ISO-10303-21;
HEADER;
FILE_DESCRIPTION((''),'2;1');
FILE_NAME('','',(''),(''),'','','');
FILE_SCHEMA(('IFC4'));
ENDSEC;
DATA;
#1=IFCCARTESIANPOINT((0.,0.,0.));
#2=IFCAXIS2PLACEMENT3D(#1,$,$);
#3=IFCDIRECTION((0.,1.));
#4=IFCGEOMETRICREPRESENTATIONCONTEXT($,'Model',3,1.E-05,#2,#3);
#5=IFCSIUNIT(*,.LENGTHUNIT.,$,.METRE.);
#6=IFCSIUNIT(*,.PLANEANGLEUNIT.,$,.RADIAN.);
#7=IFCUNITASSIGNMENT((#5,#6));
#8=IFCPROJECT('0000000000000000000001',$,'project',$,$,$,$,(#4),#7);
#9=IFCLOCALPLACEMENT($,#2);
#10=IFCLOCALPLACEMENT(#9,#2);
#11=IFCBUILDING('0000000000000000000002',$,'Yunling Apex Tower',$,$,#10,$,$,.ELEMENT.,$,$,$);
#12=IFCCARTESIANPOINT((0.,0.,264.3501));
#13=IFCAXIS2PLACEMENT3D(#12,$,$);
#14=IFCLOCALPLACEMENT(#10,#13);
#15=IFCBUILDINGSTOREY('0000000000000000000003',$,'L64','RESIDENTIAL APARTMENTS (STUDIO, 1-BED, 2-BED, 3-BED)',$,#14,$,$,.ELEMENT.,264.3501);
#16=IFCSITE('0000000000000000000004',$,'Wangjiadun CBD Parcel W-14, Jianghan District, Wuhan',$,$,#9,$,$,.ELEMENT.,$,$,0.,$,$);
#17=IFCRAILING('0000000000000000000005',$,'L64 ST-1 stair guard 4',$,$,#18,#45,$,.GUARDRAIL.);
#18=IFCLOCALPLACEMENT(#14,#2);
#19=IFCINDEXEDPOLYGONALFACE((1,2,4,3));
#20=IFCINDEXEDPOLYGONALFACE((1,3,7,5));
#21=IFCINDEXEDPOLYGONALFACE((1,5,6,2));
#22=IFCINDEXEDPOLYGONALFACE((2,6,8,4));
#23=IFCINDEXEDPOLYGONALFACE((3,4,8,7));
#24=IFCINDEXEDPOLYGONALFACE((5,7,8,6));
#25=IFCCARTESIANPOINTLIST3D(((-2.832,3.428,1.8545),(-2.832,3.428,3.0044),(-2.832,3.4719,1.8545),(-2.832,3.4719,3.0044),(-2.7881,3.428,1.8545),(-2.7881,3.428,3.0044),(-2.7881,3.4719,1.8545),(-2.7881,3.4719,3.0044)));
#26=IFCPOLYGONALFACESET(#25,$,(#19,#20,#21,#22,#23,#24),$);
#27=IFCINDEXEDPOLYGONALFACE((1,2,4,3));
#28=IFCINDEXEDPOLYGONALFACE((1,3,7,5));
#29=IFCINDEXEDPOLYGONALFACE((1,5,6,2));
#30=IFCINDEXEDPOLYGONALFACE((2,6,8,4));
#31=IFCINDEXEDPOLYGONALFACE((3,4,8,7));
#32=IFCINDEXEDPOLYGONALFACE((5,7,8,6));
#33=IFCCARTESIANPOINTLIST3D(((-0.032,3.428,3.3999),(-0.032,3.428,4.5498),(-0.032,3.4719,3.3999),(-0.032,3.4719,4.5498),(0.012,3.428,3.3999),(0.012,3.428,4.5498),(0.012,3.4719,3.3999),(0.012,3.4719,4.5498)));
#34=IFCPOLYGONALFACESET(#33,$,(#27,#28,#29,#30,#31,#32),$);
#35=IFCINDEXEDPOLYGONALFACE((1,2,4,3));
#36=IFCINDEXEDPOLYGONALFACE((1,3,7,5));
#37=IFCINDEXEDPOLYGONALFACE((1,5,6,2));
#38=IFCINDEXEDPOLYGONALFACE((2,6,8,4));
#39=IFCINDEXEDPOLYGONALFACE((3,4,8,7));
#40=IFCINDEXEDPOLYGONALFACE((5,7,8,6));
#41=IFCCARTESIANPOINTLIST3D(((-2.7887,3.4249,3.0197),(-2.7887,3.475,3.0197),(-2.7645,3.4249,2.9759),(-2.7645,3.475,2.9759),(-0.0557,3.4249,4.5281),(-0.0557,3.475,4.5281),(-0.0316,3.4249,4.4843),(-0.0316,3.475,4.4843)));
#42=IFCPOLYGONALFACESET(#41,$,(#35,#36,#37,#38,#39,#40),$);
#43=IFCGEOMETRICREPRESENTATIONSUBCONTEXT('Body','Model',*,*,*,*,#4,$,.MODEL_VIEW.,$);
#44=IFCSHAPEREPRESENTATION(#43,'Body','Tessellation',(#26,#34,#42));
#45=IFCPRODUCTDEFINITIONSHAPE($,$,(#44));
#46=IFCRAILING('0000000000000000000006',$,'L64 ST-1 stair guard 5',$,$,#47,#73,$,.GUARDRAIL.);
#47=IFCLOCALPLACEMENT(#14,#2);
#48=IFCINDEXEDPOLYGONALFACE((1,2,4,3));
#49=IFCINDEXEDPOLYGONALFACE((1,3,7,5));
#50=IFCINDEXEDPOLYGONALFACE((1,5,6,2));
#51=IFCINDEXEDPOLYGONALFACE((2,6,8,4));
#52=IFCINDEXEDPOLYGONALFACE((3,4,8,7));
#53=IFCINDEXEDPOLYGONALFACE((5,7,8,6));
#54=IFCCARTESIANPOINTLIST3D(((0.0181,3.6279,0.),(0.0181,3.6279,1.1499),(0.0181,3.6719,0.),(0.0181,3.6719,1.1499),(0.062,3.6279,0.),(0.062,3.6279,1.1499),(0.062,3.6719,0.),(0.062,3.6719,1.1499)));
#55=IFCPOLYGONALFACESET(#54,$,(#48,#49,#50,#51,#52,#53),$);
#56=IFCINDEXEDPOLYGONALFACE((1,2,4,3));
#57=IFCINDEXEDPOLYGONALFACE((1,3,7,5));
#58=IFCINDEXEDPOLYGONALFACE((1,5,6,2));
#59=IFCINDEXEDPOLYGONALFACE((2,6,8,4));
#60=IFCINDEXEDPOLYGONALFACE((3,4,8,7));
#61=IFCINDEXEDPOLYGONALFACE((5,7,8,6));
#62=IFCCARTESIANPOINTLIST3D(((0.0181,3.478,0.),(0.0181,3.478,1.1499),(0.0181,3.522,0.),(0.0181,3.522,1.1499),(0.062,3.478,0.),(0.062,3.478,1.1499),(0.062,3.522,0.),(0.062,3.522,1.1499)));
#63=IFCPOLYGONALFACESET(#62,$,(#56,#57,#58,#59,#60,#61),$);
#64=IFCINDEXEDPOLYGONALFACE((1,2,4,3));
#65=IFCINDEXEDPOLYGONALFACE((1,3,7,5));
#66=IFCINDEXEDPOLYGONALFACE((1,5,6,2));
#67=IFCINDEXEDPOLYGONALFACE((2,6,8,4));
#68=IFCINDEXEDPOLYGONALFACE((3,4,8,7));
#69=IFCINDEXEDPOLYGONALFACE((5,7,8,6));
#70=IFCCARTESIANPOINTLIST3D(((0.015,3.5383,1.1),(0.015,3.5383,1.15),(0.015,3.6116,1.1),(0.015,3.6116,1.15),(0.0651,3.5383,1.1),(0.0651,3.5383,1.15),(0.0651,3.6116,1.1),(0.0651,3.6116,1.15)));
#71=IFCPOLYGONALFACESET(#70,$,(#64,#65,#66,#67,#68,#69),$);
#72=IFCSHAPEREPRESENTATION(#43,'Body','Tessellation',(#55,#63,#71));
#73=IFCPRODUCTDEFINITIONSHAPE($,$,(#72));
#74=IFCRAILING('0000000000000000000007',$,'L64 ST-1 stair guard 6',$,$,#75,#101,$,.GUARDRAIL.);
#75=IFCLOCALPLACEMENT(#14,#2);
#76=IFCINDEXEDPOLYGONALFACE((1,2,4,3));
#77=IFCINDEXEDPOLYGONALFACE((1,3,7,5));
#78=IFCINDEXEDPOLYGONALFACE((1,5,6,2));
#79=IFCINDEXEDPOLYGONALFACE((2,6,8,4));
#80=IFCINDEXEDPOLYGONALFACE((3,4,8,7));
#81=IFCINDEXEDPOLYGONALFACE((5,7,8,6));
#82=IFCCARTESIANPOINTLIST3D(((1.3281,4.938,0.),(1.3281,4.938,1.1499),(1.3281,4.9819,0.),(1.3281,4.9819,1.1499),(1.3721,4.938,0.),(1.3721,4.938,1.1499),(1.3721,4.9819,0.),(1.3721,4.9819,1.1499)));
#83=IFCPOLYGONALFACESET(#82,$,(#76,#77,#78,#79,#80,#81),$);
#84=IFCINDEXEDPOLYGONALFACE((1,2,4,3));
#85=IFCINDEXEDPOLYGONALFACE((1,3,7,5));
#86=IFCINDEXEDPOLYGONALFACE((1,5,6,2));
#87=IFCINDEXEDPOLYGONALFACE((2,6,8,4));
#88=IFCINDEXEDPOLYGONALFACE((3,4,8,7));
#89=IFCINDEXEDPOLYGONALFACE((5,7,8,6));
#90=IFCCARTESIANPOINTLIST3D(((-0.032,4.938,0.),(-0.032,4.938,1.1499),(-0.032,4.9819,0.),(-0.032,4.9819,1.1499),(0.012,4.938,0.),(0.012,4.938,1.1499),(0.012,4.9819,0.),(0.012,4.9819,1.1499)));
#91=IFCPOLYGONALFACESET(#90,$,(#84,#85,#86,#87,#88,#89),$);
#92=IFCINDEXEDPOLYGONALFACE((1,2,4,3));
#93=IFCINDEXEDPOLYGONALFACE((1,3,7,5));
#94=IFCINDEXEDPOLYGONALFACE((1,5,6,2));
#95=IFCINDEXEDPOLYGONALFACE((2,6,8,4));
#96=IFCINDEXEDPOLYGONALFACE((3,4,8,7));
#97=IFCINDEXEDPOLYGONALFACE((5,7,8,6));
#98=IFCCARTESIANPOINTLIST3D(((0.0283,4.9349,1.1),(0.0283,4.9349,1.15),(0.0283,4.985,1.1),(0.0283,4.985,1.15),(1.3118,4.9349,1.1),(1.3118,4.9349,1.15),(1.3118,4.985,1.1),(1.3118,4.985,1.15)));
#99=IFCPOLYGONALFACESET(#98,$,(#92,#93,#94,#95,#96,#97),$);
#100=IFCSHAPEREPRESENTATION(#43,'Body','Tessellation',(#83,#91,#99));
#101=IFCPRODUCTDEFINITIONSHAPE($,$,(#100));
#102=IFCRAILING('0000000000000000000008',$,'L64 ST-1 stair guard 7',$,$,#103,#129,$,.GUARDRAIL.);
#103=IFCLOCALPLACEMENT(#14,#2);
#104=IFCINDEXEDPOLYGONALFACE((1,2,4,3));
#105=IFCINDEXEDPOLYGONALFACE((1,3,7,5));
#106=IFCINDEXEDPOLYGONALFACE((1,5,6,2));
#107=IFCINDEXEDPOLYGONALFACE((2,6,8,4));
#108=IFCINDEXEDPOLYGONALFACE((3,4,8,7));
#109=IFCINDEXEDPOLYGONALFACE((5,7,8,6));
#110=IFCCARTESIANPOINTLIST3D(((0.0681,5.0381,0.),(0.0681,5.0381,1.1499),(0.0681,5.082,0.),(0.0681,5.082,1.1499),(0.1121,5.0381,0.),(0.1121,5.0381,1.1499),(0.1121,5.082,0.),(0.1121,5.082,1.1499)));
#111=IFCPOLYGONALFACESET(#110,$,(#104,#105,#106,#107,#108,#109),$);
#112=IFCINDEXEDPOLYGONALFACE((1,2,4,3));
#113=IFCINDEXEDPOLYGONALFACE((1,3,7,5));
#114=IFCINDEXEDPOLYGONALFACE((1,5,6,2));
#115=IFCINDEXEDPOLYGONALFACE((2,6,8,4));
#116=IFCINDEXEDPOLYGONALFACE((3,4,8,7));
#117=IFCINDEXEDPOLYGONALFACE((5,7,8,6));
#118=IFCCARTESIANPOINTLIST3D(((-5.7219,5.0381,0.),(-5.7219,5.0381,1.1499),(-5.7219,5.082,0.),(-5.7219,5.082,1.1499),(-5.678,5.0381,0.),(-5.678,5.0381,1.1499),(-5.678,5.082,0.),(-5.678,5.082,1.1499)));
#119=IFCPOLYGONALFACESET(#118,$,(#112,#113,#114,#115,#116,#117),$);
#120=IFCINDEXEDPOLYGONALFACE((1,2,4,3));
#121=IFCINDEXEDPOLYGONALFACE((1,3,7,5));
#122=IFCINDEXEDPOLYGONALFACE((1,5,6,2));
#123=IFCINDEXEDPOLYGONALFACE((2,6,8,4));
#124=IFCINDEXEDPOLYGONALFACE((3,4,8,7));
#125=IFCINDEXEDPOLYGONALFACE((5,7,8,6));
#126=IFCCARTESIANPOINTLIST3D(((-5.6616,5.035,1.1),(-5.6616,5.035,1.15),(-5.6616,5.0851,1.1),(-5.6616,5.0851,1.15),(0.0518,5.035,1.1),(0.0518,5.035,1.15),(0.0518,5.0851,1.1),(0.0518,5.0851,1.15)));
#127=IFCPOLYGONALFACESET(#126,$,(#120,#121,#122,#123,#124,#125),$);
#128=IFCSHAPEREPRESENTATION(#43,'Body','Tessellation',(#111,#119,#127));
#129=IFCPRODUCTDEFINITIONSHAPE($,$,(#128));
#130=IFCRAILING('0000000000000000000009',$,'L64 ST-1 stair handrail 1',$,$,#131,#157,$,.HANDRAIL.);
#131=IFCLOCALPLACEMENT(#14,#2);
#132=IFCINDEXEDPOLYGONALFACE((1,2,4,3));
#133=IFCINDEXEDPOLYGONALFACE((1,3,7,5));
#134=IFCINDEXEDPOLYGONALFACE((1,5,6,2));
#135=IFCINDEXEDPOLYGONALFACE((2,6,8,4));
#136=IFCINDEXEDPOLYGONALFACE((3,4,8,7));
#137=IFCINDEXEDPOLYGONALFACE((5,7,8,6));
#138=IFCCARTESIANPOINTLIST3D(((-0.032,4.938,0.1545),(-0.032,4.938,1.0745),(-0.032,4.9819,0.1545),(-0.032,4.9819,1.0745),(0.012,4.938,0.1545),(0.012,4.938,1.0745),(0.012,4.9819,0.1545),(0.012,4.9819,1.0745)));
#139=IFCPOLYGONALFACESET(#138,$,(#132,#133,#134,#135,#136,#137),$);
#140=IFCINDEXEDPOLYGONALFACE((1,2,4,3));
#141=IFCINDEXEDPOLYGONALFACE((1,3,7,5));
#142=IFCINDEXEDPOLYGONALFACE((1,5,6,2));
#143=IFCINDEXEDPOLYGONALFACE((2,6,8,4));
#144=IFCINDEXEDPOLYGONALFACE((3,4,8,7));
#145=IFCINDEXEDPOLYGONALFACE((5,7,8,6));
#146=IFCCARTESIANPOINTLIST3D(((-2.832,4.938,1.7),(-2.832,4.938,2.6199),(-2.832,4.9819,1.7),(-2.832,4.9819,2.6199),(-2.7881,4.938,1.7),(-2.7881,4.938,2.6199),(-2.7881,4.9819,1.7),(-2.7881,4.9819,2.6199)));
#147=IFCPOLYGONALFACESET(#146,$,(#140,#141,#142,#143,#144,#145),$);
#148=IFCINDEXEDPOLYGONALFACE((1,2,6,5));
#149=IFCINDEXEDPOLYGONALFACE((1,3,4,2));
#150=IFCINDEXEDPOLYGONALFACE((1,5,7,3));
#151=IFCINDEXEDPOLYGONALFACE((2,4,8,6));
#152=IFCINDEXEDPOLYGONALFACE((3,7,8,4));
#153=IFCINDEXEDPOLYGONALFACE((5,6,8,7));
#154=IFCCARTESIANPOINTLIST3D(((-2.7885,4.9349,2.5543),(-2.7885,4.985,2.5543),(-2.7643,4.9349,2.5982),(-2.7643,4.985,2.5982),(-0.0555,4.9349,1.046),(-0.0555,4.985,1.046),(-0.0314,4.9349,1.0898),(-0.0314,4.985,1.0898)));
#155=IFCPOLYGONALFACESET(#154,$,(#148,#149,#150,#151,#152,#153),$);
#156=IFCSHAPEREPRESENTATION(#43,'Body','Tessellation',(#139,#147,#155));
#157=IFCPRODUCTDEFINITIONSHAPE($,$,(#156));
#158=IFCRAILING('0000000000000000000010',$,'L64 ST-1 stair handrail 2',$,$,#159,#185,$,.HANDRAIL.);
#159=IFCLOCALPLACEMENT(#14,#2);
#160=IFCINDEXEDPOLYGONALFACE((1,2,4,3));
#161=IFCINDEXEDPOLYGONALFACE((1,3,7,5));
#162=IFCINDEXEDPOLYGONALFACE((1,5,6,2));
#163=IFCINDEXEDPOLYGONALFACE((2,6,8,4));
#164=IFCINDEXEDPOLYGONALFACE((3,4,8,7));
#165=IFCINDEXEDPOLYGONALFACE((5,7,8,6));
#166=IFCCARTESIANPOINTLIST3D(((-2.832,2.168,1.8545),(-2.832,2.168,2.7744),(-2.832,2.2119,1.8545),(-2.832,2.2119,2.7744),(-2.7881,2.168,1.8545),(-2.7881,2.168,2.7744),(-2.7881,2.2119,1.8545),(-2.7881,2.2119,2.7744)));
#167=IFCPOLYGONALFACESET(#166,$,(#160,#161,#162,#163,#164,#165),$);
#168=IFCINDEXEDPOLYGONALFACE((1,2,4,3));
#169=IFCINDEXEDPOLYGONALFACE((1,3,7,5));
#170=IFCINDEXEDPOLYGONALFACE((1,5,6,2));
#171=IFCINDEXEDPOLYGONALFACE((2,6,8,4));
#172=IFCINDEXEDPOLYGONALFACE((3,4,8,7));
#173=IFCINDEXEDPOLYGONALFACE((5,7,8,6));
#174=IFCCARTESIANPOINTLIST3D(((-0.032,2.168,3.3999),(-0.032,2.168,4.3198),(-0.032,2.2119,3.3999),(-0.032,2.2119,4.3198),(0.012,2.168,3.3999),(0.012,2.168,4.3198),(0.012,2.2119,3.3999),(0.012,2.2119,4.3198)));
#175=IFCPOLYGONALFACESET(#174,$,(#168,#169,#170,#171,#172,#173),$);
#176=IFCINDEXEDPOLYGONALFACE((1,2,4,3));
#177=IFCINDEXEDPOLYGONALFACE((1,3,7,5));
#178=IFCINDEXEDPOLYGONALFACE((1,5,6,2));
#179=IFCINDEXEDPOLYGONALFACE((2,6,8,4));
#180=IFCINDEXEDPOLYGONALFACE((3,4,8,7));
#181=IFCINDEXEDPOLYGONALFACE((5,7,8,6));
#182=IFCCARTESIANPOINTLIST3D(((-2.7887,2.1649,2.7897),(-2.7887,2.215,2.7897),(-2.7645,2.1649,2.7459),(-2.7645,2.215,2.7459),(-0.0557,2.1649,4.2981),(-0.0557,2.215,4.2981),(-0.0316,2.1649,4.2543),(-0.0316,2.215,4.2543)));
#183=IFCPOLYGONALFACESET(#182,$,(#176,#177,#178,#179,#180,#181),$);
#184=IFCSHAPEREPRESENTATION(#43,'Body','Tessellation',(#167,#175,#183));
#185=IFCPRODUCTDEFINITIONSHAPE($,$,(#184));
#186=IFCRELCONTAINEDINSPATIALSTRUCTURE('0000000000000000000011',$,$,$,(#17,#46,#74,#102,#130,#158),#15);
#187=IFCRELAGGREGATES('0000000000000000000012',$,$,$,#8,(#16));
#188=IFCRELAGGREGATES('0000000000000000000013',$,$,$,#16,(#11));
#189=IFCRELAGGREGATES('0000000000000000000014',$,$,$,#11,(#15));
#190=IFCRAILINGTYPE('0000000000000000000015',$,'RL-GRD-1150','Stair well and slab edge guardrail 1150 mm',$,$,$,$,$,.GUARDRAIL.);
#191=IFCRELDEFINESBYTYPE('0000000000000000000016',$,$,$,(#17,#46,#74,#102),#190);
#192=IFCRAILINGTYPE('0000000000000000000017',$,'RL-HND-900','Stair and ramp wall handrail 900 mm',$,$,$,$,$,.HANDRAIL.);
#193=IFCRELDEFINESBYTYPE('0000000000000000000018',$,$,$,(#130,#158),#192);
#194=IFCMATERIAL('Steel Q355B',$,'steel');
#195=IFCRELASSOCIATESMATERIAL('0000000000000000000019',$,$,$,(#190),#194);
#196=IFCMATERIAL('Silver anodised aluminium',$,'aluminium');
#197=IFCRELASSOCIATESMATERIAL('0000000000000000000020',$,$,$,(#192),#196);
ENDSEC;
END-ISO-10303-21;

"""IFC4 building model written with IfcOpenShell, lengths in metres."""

from ifc_helpers import new_model, si_unit, direction, frame, origin, origin_2d, place, context, subcontext, project, spatial, rectangle, extrude, material, type_object, element, save


model = new_model("IFC4")

# Units and contexts
model_context = context("Model", 3, precision=1e-05, world=origin(), true_north=direction((0.0, 1.0)))
body_context = subcontext(model_context, "Body", "Model", "MODEL_VIEW")
ifc_project = project(units=[si_unit("LENGTHUNIT", "METRE"), si_unit("PLANEANGLEUNIT", "RADIAN")], contexts=[model_context])

# Site, building, storey
site_placement = place(None, origin())
site = spatial("IfcSite", under=ifc_project, at=site_placement, Name="Wangjiadun CBD Parcel W-14, Jianghan District, Wuhan", CompositionType="ELEMENT", RefElevation=0.0)
building_placement = place(site_placement, origin())
building = spatial("IfcBuilding", under=site, at=building_placement, Name="Yunling Apex Tower", CompositionType="ELEMENT")
storey_placement = place(building_placement, frame((0.0, 0.0, 264.3501)))
storey = spatial("IfcBuildingStorey", under=building, at=storey_placement, Name="L64", Description="RESIDENTIAL APARTMENTS (STUDIO, 1-BED, 2-BED, 3-BED)", CompositionType="ELEMENT", Elevation=264.3501)

# Shared definitions
ifc_material_1 = material(Name="Steel Q355B", Category="steel")

# Railings
railing_type_1 = type_object("IfcRailingType", Name="RL-GRD-1150", Description="Stair well and slab edge guardrail 1150 mm", PredefinedType="GUARDRAIL", material=ifc_material_1)
railing_1_placement = place(storey_placement, frame((-2.8101, 3.45, 1.8545)))
element("IfcRailing", 1, at=railing_1_placement, inside=storey, type_object=railing_type_1, Name="L64 ST-1 stair guard 4", PredefinedType="GUARDRAIL", context=body_context, shape_type="SweptSolid", body=[
    extrude(rectangle(XDim=0.0439, YDim=0.0439, at=origin_2d()), origin(), (0.0, 0.0, 1.0), 1.1499),
    extrude(rectangle(XDim=0.0439, YDim=0.0439, at=origin_2d()), frame((2.8, 0.0, 1.5454)), (0.0, 0.0, 1.0), 1.1499),
    extrude(rectangle(XDim=0.05, YDim=0.05, at=origin_2d()), frame((0.0334, 0.0, 1.1433), z_axis=(0.875504, 0.0, 0.483211), x_axis=(0.0, 1.0, 0.0)), (0.0, 0.0, 1.0), 3.1216),
])
railing_2_placement = place(storey_placement, frame((0.04, 3.6499, 0.0)))
element("IfcRailing", 2, at=railing_2_placement, inside=storey, type_object=railing_type_1, Name="L64 ST-1 stair guard 5", PredefinedType="GUARDRAIL", context=body_context, shape_type="SweptSolid", body=[
    extrude(rectangle(XDim=0.0439, YDim=0.0439, at=origin_2d()), origin(), (0.0, 0.0, 1.0), 1.1499),
    extrude(rectangle(XDim=0.0439, YDim=0.0439, at=origin_2d()), frame((0.0, -0.1499, 0.0)), (0.0, 0.0, 1.0), 1.1499),
    extrude(rectangle(XDim=0.05, YDim=0.05, at=origin_2d()), frame((0.0, -0.0383, 1.125), z_axis=(0.0, -1.0, 0.0), x_axis=(1.0, 0.0, 0.0)), (0.0, 0.0, 1.0), 0.0732),
])
railing_3_placement = place(storey_placement, frame((1.3501, 4.96, 0.0)))
element("IfcRailing", 3, at=railing_3_placement, inside=storey, type_object=railing_type_1, Name="L64 ST-1 stair guard 6", PredefinedType="GUARDRAIL", context=body_context, shape_type="SweptSolid", body=[
    extrude(rectangle(XDim=0.0439, YDim=0.0439, at=origin_2d()), origin(), (0.0, 0.0, 1.0), 1.1499),
    extrude(rectangle(XDim=0.0439, YDim=0.0439, at=origin_2d()), frame((-1.3601, 0.0, 0.0)), (0.0, 0.0, 1.0), 1.1499),
    extrude(rectangle(XDim=0.05, YDim=0.05, at=origin_2d()), frame((-0.0383, 0.0, 1.125), z_axis=(-1.0, 0.0, 0.0), x_axis=(0.0, -1.0, 0.0)), (0.0, 0.0, 1.0), 1.2834),
])
railing_4_placement = place(storey_placement, frame((0.0901, 5.0601, 0.0)))
element("IfcRailing", 4, at=railing_4_placement, inside=storey, type_object=railing_type_1, Name="L64 ST-1 stair guard 7", PredefinedType="GUARDRAIL", context=body_context, shape_type="SweptSolid", body=[
    extrude(rectangle(XDim=0.0439, YDim=0.0439, at=origin_2d()), origin(), (0.0, 0.0, 1.0), 1.1499),
    extrude(rectangle(XDim=0.0439, YDim=0.0439, at=origin_2d()), frame((-5.79, 0.0, 0.0)), (0.0, 0.0, 1.0), 1.1499),
    extrude(rectangle(XDim=0.05, YDim=0.05, at=origin_2d()), frame((-0.0383, 0.0, 1.125), z_axis=(-1.0, 0.0, 0.0), x_axis=(0.0, -1.0, 0.0)), (0.0, 0.0, 1.0), 5.7134),
])
ifc_material_2 = material(Name="Silver anodised aluminium", Category="aluminium")
railing_type_2 = type_object("IfcRailingType", Name="RL-HND-900", Description="Stair and ramp wall handrail 900 mm", PredefinedType="HANDRAIL", material=ifc_material_2)
railing_5_placement = place(storey_placement, frame((-0.01, 4.96, 0.1545)))
element("IfcRailing", 5, at=railing_5_placement, inside=storey, type_object=railing_type_2, Name="L64 ST-1 stair handrail 1", PredefinedType="HANDRAIL", context=body_context, shape_type="SweptSolid", body=[
    extrude(rectangle(XDim=0.0439, YDim=0.0439, at=origin_2d()), origin(), (0.0, 0.0, 1.0), 0.9199),
    extrude(rectangle(XDim=0.0439, YDim=0.0439, at=origin_2d()), frame((-2.8, 0.0, 1.5454)), (0.0, 0.0, 1.0), 0.9199),
    extrude(rectangle(XDim=0.05, YDim=0.05, at=origin_2d()), frame((-0.0334, 0.0, 0.9133), z_axis=(-0.875504, 0.0, 0.483211), x_axis=(0.0, -1.0, 0.0)), (0.0, 0.0, 1.0), 3.1216),
])
railing_6_placement = place(storey_placement, frame((-2.8101, 2.1899, 1.8545)))
element("IfcRailing", 6, at=railing_6_placement, inside=storey, type_object=railing_type_2, Name="L64 ST-1 stair handrail 2", PredefinedType="HANDRAIL", context=body_context, shape_type="SweptSolid", body=[
    extrude(rectangle(XDim=0.0439, YDim=0.0439, at=origin_2d()), origin(), (0.0, 0.0, 1.0), 0.9199),
    extrude(rectangle(XDim=0.0439, YDim=0.0439, at=origin_2d()), frame((2.8, 0.0, 1.5454)), (0.0, 0.0, 1.0), 0.9199),
    extrude(rectangle(XDim=0.05, YDim=0.05, at=origin_2d()), frame((0.0334, 0.0, 0.9133), z_axis=(0.875504, 0.0, 0.483211), x_axis=(0.0, 1.0, 0.0)), (0.0, 0.0, 1.0), 3.1216),
])

save(model, "model.ifc")
